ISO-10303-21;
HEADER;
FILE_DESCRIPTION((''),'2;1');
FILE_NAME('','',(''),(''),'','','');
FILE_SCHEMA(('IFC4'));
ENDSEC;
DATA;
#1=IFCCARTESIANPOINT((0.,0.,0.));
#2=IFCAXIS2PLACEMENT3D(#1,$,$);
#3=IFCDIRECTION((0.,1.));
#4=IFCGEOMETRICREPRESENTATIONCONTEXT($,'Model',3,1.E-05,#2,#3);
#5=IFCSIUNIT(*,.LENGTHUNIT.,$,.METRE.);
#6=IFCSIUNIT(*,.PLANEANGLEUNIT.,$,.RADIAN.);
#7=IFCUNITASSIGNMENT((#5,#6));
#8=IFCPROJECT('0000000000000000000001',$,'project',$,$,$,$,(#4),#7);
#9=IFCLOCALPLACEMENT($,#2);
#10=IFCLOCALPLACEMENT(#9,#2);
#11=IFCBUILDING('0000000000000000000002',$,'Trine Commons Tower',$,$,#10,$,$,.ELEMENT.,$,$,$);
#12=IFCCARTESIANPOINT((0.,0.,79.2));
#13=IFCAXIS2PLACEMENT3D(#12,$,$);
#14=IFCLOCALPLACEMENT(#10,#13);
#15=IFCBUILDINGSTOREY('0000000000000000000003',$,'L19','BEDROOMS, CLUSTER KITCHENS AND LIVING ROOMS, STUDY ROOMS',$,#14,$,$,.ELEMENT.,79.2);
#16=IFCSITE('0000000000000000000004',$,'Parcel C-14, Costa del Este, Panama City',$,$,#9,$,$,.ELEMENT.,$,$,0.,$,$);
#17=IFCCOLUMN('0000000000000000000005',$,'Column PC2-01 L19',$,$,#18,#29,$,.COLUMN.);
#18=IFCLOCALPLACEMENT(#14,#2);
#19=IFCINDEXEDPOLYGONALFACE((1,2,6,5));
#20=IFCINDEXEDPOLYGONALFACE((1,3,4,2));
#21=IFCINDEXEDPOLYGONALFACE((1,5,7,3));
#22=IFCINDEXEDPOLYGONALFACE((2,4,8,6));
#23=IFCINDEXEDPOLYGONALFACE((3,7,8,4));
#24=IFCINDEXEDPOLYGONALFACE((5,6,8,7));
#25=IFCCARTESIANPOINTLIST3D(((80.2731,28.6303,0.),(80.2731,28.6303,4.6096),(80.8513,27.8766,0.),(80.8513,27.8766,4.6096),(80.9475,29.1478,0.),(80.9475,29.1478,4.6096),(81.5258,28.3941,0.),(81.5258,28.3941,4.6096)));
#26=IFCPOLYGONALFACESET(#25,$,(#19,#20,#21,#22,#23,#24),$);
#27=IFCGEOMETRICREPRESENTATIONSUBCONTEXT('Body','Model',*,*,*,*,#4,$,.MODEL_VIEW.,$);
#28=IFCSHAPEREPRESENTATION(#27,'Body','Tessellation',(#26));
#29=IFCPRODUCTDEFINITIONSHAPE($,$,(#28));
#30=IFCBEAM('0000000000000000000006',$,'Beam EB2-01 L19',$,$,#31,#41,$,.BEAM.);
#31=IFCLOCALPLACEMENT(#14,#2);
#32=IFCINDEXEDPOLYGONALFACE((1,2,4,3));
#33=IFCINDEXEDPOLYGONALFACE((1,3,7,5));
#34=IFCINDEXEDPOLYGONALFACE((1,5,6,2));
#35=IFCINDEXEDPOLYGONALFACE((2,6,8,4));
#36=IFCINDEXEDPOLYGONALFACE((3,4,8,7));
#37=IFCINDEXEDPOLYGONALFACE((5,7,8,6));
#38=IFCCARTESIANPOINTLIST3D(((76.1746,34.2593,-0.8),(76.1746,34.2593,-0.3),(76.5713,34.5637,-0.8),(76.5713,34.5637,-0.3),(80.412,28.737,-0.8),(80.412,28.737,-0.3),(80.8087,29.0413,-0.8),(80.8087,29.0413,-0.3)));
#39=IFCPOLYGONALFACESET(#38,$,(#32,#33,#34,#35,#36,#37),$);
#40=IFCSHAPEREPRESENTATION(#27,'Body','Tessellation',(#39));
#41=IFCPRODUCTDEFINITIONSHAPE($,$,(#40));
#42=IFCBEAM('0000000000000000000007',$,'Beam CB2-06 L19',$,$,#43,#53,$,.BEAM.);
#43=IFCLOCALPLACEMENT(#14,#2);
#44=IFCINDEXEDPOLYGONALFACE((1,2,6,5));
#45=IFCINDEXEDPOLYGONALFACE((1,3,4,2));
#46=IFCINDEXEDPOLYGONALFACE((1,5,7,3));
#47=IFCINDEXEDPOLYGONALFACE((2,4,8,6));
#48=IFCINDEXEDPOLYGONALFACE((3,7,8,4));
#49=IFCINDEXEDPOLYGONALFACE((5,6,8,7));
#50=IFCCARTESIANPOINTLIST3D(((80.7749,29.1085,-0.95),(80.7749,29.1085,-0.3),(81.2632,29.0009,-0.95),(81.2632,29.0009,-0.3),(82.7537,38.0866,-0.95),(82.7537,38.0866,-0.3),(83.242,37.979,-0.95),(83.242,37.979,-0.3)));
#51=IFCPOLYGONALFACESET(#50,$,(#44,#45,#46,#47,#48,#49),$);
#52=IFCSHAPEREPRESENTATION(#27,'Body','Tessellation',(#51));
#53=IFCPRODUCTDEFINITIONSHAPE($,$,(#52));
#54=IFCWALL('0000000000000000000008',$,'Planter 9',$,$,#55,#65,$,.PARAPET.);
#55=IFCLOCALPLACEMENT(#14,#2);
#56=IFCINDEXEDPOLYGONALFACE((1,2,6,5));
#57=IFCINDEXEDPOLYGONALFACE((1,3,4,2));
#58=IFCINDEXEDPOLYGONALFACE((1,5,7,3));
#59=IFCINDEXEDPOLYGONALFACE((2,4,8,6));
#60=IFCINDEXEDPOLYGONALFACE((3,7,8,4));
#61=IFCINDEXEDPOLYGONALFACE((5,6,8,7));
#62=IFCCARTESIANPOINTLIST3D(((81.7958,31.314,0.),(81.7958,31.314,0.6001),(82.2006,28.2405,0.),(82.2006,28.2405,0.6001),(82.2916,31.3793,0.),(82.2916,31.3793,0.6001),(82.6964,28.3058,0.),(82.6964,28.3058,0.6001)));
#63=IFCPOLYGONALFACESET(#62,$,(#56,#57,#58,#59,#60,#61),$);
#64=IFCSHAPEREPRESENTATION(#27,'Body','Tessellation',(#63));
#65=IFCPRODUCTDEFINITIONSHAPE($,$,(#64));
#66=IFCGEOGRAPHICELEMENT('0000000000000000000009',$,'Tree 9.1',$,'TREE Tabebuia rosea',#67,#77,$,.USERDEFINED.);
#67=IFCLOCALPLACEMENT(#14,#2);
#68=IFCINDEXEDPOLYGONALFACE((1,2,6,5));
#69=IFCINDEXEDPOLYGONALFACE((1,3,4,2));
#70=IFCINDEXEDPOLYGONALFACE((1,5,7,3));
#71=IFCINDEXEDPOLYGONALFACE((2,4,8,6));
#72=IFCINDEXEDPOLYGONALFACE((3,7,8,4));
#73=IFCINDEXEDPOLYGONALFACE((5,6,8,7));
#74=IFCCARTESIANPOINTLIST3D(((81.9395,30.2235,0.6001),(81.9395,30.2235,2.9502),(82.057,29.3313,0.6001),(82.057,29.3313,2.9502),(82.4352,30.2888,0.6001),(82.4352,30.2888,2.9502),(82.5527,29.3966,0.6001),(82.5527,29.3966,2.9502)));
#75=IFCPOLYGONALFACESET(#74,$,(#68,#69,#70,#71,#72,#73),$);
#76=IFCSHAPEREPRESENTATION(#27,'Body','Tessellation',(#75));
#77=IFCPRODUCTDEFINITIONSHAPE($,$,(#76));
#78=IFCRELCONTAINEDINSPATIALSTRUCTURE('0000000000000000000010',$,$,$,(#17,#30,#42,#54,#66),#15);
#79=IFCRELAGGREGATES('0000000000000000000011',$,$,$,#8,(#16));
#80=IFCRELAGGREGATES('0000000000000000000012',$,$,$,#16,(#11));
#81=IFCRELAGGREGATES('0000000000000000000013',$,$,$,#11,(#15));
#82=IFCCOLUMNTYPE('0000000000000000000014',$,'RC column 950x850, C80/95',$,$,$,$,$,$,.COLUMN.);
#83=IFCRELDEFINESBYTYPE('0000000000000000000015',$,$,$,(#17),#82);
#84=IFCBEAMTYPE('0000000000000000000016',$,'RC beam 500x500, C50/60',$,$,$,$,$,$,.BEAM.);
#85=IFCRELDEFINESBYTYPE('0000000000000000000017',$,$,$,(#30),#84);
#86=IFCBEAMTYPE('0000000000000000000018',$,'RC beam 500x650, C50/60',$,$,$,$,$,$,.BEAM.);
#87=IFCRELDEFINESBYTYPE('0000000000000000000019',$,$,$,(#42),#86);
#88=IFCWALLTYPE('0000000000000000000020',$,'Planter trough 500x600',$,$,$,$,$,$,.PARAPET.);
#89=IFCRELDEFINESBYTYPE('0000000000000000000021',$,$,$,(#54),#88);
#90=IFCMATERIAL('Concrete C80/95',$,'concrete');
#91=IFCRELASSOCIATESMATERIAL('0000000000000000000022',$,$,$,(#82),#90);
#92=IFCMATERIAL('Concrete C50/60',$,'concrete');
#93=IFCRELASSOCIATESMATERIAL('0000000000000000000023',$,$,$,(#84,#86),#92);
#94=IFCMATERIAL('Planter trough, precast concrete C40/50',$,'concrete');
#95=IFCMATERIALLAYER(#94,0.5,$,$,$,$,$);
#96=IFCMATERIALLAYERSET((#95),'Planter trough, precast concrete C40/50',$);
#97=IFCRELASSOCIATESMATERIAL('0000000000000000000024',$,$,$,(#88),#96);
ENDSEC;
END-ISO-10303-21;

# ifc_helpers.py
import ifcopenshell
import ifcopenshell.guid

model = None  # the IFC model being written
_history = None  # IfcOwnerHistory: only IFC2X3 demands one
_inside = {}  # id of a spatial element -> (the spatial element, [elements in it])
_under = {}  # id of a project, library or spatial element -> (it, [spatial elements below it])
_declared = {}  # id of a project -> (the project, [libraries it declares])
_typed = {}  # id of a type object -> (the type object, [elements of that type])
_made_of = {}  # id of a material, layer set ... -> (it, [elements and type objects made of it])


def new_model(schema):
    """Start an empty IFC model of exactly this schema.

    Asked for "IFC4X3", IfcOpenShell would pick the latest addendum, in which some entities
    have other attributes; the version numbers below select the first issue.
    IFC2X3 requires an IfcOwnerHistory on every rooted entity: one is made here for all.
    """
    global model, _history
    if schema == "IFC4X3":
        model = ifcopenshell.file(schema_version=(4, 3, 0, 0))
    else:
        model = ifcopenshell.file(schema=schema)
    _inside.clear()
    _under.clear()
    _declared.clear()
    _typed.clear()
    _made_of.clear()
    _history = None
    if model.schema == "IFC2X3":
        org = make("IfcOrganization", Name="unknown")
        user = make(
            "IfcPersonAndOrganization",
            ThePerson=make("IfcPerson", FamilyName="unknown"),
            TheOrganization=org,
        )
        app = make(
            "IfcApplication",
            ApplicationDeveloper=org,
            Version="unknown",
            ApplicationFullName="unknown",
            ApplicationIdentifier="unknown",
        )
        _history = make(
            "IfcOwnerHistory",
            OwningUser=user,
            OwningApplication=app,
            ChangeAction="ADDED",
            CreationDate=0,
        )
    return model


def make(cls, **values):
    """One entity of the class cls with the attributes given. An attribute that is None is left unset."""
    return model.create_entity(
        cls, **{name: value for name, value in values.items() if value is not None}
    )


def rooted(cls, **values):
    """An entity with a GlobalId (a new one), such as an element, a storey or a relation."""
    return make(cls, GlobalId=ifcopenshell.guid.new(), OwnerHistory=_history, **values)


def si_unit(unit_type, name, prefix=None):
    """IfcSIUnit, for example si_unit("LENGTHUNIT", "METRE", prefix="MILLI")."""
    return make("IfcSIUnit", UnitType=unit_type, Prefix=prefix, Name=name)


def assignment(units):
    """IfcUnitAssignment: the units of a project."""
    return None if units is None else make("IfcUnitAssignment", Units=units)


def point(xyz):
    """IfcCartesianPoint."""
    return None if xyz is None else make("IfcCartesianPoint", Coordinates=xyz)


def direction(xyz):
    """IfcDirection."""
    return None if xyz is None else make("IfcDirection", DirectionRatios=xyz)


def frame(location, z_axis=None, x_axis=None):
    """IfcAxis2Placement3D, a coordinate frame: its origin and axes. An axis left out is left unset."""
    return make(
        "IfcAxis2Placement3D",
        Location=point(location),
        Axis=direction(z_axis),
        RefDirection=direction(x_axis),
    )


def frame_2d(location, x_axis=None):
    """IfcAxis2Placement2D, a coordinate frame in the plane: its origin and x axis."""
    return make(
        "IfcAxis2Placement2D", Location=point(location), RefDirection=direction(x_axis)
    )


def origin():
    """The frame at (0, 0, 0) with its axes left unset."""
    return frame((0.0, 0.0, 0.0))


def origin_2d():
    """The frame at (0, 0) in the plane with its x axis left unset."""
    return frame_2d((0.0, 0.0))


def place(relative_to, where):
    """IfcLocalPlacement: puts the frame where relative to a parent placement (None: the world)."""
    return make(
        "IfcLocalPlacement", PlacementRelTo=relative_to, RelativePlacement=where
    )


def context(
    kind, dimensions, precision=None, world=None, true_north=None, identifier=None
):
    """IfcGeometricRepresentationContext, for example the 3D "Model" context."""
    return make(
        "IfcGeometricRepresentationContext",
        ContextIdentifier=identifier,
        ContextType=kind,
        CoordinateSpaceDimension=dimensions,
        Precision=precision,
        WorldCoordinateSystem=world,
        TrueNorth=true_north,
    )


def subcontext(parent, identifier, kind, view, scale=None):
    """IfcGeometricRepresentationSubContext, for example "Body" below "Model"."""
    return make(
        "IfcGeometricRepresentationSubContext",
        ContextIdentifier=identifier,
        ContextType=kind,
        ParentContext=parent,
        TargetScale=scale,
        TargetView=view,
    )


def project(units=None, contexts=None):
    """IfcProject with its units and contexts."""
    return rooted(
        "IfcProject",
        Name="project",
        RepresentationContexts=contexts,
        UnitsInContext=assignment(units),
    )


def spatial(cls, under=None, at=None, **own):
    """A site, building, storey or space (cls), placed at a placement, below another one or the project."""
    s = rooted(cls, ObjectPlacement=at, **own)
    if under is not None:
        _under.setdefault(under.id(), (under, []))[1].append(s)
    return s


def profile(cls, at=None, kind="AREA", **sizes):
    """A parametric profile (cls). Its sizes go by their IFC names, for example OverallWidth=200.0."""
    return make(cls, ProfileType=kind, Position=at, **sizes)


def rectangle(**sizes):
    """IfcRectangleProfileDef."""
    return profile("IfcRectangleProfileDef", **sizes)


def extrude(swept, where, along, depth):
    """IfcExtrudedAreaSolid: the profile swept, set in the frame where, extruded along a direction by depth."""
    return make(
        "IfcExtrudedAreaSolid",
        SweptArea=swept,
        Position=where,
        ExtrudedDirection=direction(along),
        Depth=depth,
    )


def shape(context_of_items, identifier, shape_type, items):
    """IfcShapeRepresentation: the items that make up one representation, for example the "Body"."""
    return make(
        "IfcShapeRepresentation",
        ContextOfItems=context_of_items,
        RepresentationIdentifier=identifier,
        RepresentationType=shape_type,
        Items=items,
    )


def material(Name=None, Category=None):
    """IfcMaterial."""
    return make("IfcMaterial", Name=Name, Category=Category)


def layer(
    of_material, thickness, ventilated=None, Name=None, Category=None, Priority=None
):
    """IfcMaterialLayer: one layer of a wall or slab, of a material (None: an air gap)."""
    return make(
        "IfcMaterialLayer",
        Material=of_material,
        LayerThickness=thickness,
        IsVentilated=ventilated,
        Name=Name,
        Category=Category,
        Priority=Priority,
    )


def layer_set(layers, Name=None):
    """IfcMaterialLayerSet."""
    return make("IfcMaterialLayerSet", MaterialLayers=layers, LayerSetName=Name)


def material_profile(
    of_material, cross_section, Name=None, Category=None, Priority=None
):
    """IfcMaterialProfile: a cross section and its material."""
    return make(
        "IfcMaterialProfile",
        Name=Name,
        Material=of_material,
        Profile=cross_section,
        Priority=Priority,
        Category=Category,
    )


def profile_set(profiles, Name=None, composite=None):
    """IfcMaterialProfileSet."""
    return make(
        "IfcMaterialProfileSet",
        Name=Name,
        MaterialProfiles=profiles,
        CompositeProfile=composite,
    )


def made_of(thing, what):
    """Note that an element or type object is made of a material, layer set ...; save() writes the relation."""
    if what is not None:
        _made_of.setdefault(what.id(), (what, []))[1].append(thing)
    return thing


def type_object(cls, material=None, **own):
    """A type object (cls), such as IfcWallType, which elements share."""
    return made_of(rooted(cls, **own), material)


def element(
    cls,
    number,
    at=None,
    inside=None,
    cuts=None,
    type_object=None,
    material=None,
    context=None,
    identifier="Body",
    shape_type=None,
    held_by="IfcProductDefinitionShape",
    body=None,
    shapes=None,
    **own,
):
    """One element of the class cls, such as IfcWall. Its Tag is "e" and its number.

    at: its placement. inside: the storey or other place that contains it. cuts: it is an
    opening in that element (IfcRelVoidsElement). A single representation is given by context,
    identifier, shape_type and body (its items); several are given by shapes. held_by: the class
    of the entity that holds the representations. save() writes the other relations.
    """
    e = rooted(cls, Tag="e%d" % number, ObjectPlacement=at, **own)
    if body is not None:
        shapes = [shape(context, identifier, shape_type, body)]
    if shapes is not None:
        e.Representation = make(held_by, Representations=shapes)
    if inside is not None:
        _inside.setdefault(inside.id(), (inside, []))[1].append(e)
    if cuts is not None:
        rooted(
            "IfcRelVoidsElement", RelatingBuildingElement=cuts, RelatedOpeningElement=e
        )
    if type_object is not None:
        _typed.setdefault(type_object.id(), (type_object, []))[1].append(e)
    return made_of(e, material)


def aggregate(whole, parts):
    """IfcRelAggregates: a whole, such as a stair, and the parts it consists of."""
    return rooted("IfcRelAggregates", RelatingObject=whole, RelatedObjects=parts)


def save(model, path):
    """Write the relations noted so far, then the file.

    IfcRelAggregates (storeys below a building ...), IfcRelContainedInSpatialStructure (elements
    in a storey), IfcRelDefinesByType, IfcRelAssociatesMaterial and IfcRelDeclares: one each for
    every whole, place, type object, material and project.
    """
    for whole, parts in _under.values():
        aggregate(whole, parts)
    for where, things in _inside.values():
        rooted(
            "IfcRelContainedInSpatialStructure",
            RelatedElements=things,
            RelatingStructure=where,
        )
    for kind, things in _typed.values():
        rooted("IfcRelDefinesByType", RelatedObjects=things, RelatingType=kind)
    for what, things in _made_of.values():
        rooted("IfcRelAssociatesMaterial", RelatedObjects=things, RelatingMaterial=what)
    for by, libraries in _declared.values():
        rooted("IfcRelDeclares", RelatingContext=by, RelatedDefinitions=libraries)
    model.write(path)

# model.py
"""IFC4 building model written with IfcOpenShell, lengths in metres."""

from ifc_helpers import new_model, si_unit, direction, frame, frame_2d, origin, origin_2d, place, context, subcontext, project, spatial, rectangle, extrude, material, layer, layer_set, material_profile, profile_set, type_object, element, save


model = new_model("IFC4")

# Units and contexts
model_context = context("Model", 3, precision=1e-05, world=origin(), true_north=direction((0.0, 1.0)))
body_context = subcontext(model_context, "Body", "Model", "MODEL_VIEW")
ifc_project = project(units=[si_unit("LENGTHUNIT", "METRE"), si_unit("PLANEANGLEUNIT", "RADIAN")], contexts=[model_context])

# Site, building, storey
site_placement = place(None, origin())
site = spatial("IfcSite", under=ifc_project, at=site_placement, Name="Parcel C-14, Costa del Este, Panama City", CompositionType="ELEMENT", RefElevation=0.0)
building_placement = place(site_placement, origin())
building = spatial("IfcBuilding", under=site, at=building_placement, Name="Trine Commons Tower", CompositionType="ELEMENT")
storey_placement = place(building_placement, frame((0.0, 0.0, 79.2)))
storey = spatial("IfcBuildingStorey", under=building, at=storey_placement, Name="L19", Description="BEDROOMS, CLUSTER KITCHENS AND LIVING ROOMS, STUDY ROOMS", CompositionType="ELEMENT", Elevation=79.2)

# Column
ifc_material_1 = material(Name="Concrete C80/95", Category="concrete")
ifc_material_profile_1 = material_profile(ifc_material_1, rectangle(XDim=0.95, YDim=0.8501, at=origin_2d()), Name="RC 950x850")
ifc_profile_set_1 = profile_set([ifc_material_profile_1], Name="Concrete C80/95")
column_type = type_object("IfcColumnType", Name="RC column 950x850, C80/95", PredefinedType="COLUMN", material=ifc_profile_set_1)
column_placement = place(storey_placement, frame((80.8994, 28.5122, 0.0), z_axis=(0.0, 0.0, 1.0), x_axis=(-0.608761, 0.793353, 0.0)))
element("IfcColumn", 1, at=column_placement, inside=storey, type_object=column_type, Name="Column PC2-01 L19", PredefinedType="COLUMN", context=body_context, shape_type="SweptSolid", body=[
    extrude(rectangle(XDim=0.95, YDim=0.8501, at=origin_2d()), origin(), (0.0, 0.0, 1.0), 4.6096),
])

# Beams
ifc_material_2 = material(Name="Concrete C50/60", Category="concrete")
ifc_material_profile_2 = material_profile(ifc_material_2, rectangle(XDim=0.5, YDim=0.5, at=origin_2d()), Name="RC 500x500")
ifc_profile_set_2 = profile_set([ifc_material_profile_2], Name="Concrete C50/60")
beam_type_1 = type_object("IfcBeamType", Name="RC beam 500x500, C50/60", PredefinedType="BEAM", material=ifc_profile_set_2)
beam_1_placement = place(storey_placement, frame((80.6104, 28.8892, -0.55), z_axis=(-0.608758, 0.793356, 0.0), x_axis=(-0.793356, -0.608758, 0.0)))
element("IfcBeam", 2, at=beam_1_placement, inside=storey, type_object=beam_type_1, Name="Beam EB2-01 L19", PredefinedType="BEAM", context=body_context, shape_type="SweptSolid", body=[
    extrude(rectangle(XDim=0.5, YDim=0.5, at=origin_2d()), origin(), (0.0, 0.0, 1.0), 6.9607),
])
ifc_material_profile_3 = material_profile(ifc_material_2, rectangle(XDim=0.5, YDim=0.6499, at=origin_2d()), Name="RC 500x650")
ifc_profile_set_3 = profile_set([ifc_material_profile_3], Name="Concrete C50/60")
beam_type_2 = type_object("IfcBeamType", Name="RC beam 500x650, C50/60", PredefinedType="BEAM", material=ifc_profile_set_3)
beam_2_placement = place(storey_placement, frame((81.019, 29.0547, -0.625), z_axis=(0.215235, 0.976562, 0.0), x_axis=(-0.976562, 0.215235, 0.0)))
element("IfcBeam", 3, at=beam_2_placement, inside=storey, type_object=beam_type_2, Name="Beam CB2-06 L19", PredefinedType="BEAM", context=body_context, shape_type="SweptSolid", body=[
    extrude(rectangle(XDim=0.5, YDim=0.6499, at=origin_2d()), origin(), (0.0, 0.0, 1.0), 9.1936),
])

# Wall
ifc_material_3 = material(Name="Planter trough, precast concrete C40/50", Category="concrete")
ifc_layer_1 = layer(ifc_material_3, 0.5)
ifc_layer_set_1 = layer_set([ifc_layer_1], Name="Planter trough, precast concrete C40/50")
wall_type_1 = type_object("IfcWallType", Name="Planter trough 500x600", PredefinedType="PARAPET", material=ifc_layer_set_1)
wall_1_placement = place(storey_placement, frame((82.0437, 31.3467, 0.0), z_axis=(0.0, 0.0, 1.0), x_axis=(0.130575, -0.991438, 0.0)))
element("IfcWall", 4, at=wall_1_placement, inside=storey, type_object=wall_type_1, Name="Planter 9", PredefinedType="PARAPET", context=body_context, shape_type="SweptSolid", body=[
    extrude(rectangle(XDim=3.1001, YDim=0.5, at=frame_2d((1.55, 0.0))), origin(), (0.0, 0.0, 1.0), 0.6001),
])

# Geographic element
geographic_element_placement = place(storey_placement, frame((82.2461, 29.8101, 0.6001), z_axis=(0.0, 0.0, 1.0), x_axis=(0.130547, -0.991442, 0.0)))
element("IfcGeographicElement", 5, at=geographic_element_placement, inside=storey, Name="Tree 9.1", ObjectType="TREE Tabebuia rosea", PredefinedType="USERDEFINED", context=body_context, shape_type="SweptSolid", body=[
    extrude(rectangle(XDim=0.8999, YDim=0.5, at=origin_2d()), origin(), (0.0, 0.0, 1.0), 2.3501),
])

save(model, "model.ifc")
